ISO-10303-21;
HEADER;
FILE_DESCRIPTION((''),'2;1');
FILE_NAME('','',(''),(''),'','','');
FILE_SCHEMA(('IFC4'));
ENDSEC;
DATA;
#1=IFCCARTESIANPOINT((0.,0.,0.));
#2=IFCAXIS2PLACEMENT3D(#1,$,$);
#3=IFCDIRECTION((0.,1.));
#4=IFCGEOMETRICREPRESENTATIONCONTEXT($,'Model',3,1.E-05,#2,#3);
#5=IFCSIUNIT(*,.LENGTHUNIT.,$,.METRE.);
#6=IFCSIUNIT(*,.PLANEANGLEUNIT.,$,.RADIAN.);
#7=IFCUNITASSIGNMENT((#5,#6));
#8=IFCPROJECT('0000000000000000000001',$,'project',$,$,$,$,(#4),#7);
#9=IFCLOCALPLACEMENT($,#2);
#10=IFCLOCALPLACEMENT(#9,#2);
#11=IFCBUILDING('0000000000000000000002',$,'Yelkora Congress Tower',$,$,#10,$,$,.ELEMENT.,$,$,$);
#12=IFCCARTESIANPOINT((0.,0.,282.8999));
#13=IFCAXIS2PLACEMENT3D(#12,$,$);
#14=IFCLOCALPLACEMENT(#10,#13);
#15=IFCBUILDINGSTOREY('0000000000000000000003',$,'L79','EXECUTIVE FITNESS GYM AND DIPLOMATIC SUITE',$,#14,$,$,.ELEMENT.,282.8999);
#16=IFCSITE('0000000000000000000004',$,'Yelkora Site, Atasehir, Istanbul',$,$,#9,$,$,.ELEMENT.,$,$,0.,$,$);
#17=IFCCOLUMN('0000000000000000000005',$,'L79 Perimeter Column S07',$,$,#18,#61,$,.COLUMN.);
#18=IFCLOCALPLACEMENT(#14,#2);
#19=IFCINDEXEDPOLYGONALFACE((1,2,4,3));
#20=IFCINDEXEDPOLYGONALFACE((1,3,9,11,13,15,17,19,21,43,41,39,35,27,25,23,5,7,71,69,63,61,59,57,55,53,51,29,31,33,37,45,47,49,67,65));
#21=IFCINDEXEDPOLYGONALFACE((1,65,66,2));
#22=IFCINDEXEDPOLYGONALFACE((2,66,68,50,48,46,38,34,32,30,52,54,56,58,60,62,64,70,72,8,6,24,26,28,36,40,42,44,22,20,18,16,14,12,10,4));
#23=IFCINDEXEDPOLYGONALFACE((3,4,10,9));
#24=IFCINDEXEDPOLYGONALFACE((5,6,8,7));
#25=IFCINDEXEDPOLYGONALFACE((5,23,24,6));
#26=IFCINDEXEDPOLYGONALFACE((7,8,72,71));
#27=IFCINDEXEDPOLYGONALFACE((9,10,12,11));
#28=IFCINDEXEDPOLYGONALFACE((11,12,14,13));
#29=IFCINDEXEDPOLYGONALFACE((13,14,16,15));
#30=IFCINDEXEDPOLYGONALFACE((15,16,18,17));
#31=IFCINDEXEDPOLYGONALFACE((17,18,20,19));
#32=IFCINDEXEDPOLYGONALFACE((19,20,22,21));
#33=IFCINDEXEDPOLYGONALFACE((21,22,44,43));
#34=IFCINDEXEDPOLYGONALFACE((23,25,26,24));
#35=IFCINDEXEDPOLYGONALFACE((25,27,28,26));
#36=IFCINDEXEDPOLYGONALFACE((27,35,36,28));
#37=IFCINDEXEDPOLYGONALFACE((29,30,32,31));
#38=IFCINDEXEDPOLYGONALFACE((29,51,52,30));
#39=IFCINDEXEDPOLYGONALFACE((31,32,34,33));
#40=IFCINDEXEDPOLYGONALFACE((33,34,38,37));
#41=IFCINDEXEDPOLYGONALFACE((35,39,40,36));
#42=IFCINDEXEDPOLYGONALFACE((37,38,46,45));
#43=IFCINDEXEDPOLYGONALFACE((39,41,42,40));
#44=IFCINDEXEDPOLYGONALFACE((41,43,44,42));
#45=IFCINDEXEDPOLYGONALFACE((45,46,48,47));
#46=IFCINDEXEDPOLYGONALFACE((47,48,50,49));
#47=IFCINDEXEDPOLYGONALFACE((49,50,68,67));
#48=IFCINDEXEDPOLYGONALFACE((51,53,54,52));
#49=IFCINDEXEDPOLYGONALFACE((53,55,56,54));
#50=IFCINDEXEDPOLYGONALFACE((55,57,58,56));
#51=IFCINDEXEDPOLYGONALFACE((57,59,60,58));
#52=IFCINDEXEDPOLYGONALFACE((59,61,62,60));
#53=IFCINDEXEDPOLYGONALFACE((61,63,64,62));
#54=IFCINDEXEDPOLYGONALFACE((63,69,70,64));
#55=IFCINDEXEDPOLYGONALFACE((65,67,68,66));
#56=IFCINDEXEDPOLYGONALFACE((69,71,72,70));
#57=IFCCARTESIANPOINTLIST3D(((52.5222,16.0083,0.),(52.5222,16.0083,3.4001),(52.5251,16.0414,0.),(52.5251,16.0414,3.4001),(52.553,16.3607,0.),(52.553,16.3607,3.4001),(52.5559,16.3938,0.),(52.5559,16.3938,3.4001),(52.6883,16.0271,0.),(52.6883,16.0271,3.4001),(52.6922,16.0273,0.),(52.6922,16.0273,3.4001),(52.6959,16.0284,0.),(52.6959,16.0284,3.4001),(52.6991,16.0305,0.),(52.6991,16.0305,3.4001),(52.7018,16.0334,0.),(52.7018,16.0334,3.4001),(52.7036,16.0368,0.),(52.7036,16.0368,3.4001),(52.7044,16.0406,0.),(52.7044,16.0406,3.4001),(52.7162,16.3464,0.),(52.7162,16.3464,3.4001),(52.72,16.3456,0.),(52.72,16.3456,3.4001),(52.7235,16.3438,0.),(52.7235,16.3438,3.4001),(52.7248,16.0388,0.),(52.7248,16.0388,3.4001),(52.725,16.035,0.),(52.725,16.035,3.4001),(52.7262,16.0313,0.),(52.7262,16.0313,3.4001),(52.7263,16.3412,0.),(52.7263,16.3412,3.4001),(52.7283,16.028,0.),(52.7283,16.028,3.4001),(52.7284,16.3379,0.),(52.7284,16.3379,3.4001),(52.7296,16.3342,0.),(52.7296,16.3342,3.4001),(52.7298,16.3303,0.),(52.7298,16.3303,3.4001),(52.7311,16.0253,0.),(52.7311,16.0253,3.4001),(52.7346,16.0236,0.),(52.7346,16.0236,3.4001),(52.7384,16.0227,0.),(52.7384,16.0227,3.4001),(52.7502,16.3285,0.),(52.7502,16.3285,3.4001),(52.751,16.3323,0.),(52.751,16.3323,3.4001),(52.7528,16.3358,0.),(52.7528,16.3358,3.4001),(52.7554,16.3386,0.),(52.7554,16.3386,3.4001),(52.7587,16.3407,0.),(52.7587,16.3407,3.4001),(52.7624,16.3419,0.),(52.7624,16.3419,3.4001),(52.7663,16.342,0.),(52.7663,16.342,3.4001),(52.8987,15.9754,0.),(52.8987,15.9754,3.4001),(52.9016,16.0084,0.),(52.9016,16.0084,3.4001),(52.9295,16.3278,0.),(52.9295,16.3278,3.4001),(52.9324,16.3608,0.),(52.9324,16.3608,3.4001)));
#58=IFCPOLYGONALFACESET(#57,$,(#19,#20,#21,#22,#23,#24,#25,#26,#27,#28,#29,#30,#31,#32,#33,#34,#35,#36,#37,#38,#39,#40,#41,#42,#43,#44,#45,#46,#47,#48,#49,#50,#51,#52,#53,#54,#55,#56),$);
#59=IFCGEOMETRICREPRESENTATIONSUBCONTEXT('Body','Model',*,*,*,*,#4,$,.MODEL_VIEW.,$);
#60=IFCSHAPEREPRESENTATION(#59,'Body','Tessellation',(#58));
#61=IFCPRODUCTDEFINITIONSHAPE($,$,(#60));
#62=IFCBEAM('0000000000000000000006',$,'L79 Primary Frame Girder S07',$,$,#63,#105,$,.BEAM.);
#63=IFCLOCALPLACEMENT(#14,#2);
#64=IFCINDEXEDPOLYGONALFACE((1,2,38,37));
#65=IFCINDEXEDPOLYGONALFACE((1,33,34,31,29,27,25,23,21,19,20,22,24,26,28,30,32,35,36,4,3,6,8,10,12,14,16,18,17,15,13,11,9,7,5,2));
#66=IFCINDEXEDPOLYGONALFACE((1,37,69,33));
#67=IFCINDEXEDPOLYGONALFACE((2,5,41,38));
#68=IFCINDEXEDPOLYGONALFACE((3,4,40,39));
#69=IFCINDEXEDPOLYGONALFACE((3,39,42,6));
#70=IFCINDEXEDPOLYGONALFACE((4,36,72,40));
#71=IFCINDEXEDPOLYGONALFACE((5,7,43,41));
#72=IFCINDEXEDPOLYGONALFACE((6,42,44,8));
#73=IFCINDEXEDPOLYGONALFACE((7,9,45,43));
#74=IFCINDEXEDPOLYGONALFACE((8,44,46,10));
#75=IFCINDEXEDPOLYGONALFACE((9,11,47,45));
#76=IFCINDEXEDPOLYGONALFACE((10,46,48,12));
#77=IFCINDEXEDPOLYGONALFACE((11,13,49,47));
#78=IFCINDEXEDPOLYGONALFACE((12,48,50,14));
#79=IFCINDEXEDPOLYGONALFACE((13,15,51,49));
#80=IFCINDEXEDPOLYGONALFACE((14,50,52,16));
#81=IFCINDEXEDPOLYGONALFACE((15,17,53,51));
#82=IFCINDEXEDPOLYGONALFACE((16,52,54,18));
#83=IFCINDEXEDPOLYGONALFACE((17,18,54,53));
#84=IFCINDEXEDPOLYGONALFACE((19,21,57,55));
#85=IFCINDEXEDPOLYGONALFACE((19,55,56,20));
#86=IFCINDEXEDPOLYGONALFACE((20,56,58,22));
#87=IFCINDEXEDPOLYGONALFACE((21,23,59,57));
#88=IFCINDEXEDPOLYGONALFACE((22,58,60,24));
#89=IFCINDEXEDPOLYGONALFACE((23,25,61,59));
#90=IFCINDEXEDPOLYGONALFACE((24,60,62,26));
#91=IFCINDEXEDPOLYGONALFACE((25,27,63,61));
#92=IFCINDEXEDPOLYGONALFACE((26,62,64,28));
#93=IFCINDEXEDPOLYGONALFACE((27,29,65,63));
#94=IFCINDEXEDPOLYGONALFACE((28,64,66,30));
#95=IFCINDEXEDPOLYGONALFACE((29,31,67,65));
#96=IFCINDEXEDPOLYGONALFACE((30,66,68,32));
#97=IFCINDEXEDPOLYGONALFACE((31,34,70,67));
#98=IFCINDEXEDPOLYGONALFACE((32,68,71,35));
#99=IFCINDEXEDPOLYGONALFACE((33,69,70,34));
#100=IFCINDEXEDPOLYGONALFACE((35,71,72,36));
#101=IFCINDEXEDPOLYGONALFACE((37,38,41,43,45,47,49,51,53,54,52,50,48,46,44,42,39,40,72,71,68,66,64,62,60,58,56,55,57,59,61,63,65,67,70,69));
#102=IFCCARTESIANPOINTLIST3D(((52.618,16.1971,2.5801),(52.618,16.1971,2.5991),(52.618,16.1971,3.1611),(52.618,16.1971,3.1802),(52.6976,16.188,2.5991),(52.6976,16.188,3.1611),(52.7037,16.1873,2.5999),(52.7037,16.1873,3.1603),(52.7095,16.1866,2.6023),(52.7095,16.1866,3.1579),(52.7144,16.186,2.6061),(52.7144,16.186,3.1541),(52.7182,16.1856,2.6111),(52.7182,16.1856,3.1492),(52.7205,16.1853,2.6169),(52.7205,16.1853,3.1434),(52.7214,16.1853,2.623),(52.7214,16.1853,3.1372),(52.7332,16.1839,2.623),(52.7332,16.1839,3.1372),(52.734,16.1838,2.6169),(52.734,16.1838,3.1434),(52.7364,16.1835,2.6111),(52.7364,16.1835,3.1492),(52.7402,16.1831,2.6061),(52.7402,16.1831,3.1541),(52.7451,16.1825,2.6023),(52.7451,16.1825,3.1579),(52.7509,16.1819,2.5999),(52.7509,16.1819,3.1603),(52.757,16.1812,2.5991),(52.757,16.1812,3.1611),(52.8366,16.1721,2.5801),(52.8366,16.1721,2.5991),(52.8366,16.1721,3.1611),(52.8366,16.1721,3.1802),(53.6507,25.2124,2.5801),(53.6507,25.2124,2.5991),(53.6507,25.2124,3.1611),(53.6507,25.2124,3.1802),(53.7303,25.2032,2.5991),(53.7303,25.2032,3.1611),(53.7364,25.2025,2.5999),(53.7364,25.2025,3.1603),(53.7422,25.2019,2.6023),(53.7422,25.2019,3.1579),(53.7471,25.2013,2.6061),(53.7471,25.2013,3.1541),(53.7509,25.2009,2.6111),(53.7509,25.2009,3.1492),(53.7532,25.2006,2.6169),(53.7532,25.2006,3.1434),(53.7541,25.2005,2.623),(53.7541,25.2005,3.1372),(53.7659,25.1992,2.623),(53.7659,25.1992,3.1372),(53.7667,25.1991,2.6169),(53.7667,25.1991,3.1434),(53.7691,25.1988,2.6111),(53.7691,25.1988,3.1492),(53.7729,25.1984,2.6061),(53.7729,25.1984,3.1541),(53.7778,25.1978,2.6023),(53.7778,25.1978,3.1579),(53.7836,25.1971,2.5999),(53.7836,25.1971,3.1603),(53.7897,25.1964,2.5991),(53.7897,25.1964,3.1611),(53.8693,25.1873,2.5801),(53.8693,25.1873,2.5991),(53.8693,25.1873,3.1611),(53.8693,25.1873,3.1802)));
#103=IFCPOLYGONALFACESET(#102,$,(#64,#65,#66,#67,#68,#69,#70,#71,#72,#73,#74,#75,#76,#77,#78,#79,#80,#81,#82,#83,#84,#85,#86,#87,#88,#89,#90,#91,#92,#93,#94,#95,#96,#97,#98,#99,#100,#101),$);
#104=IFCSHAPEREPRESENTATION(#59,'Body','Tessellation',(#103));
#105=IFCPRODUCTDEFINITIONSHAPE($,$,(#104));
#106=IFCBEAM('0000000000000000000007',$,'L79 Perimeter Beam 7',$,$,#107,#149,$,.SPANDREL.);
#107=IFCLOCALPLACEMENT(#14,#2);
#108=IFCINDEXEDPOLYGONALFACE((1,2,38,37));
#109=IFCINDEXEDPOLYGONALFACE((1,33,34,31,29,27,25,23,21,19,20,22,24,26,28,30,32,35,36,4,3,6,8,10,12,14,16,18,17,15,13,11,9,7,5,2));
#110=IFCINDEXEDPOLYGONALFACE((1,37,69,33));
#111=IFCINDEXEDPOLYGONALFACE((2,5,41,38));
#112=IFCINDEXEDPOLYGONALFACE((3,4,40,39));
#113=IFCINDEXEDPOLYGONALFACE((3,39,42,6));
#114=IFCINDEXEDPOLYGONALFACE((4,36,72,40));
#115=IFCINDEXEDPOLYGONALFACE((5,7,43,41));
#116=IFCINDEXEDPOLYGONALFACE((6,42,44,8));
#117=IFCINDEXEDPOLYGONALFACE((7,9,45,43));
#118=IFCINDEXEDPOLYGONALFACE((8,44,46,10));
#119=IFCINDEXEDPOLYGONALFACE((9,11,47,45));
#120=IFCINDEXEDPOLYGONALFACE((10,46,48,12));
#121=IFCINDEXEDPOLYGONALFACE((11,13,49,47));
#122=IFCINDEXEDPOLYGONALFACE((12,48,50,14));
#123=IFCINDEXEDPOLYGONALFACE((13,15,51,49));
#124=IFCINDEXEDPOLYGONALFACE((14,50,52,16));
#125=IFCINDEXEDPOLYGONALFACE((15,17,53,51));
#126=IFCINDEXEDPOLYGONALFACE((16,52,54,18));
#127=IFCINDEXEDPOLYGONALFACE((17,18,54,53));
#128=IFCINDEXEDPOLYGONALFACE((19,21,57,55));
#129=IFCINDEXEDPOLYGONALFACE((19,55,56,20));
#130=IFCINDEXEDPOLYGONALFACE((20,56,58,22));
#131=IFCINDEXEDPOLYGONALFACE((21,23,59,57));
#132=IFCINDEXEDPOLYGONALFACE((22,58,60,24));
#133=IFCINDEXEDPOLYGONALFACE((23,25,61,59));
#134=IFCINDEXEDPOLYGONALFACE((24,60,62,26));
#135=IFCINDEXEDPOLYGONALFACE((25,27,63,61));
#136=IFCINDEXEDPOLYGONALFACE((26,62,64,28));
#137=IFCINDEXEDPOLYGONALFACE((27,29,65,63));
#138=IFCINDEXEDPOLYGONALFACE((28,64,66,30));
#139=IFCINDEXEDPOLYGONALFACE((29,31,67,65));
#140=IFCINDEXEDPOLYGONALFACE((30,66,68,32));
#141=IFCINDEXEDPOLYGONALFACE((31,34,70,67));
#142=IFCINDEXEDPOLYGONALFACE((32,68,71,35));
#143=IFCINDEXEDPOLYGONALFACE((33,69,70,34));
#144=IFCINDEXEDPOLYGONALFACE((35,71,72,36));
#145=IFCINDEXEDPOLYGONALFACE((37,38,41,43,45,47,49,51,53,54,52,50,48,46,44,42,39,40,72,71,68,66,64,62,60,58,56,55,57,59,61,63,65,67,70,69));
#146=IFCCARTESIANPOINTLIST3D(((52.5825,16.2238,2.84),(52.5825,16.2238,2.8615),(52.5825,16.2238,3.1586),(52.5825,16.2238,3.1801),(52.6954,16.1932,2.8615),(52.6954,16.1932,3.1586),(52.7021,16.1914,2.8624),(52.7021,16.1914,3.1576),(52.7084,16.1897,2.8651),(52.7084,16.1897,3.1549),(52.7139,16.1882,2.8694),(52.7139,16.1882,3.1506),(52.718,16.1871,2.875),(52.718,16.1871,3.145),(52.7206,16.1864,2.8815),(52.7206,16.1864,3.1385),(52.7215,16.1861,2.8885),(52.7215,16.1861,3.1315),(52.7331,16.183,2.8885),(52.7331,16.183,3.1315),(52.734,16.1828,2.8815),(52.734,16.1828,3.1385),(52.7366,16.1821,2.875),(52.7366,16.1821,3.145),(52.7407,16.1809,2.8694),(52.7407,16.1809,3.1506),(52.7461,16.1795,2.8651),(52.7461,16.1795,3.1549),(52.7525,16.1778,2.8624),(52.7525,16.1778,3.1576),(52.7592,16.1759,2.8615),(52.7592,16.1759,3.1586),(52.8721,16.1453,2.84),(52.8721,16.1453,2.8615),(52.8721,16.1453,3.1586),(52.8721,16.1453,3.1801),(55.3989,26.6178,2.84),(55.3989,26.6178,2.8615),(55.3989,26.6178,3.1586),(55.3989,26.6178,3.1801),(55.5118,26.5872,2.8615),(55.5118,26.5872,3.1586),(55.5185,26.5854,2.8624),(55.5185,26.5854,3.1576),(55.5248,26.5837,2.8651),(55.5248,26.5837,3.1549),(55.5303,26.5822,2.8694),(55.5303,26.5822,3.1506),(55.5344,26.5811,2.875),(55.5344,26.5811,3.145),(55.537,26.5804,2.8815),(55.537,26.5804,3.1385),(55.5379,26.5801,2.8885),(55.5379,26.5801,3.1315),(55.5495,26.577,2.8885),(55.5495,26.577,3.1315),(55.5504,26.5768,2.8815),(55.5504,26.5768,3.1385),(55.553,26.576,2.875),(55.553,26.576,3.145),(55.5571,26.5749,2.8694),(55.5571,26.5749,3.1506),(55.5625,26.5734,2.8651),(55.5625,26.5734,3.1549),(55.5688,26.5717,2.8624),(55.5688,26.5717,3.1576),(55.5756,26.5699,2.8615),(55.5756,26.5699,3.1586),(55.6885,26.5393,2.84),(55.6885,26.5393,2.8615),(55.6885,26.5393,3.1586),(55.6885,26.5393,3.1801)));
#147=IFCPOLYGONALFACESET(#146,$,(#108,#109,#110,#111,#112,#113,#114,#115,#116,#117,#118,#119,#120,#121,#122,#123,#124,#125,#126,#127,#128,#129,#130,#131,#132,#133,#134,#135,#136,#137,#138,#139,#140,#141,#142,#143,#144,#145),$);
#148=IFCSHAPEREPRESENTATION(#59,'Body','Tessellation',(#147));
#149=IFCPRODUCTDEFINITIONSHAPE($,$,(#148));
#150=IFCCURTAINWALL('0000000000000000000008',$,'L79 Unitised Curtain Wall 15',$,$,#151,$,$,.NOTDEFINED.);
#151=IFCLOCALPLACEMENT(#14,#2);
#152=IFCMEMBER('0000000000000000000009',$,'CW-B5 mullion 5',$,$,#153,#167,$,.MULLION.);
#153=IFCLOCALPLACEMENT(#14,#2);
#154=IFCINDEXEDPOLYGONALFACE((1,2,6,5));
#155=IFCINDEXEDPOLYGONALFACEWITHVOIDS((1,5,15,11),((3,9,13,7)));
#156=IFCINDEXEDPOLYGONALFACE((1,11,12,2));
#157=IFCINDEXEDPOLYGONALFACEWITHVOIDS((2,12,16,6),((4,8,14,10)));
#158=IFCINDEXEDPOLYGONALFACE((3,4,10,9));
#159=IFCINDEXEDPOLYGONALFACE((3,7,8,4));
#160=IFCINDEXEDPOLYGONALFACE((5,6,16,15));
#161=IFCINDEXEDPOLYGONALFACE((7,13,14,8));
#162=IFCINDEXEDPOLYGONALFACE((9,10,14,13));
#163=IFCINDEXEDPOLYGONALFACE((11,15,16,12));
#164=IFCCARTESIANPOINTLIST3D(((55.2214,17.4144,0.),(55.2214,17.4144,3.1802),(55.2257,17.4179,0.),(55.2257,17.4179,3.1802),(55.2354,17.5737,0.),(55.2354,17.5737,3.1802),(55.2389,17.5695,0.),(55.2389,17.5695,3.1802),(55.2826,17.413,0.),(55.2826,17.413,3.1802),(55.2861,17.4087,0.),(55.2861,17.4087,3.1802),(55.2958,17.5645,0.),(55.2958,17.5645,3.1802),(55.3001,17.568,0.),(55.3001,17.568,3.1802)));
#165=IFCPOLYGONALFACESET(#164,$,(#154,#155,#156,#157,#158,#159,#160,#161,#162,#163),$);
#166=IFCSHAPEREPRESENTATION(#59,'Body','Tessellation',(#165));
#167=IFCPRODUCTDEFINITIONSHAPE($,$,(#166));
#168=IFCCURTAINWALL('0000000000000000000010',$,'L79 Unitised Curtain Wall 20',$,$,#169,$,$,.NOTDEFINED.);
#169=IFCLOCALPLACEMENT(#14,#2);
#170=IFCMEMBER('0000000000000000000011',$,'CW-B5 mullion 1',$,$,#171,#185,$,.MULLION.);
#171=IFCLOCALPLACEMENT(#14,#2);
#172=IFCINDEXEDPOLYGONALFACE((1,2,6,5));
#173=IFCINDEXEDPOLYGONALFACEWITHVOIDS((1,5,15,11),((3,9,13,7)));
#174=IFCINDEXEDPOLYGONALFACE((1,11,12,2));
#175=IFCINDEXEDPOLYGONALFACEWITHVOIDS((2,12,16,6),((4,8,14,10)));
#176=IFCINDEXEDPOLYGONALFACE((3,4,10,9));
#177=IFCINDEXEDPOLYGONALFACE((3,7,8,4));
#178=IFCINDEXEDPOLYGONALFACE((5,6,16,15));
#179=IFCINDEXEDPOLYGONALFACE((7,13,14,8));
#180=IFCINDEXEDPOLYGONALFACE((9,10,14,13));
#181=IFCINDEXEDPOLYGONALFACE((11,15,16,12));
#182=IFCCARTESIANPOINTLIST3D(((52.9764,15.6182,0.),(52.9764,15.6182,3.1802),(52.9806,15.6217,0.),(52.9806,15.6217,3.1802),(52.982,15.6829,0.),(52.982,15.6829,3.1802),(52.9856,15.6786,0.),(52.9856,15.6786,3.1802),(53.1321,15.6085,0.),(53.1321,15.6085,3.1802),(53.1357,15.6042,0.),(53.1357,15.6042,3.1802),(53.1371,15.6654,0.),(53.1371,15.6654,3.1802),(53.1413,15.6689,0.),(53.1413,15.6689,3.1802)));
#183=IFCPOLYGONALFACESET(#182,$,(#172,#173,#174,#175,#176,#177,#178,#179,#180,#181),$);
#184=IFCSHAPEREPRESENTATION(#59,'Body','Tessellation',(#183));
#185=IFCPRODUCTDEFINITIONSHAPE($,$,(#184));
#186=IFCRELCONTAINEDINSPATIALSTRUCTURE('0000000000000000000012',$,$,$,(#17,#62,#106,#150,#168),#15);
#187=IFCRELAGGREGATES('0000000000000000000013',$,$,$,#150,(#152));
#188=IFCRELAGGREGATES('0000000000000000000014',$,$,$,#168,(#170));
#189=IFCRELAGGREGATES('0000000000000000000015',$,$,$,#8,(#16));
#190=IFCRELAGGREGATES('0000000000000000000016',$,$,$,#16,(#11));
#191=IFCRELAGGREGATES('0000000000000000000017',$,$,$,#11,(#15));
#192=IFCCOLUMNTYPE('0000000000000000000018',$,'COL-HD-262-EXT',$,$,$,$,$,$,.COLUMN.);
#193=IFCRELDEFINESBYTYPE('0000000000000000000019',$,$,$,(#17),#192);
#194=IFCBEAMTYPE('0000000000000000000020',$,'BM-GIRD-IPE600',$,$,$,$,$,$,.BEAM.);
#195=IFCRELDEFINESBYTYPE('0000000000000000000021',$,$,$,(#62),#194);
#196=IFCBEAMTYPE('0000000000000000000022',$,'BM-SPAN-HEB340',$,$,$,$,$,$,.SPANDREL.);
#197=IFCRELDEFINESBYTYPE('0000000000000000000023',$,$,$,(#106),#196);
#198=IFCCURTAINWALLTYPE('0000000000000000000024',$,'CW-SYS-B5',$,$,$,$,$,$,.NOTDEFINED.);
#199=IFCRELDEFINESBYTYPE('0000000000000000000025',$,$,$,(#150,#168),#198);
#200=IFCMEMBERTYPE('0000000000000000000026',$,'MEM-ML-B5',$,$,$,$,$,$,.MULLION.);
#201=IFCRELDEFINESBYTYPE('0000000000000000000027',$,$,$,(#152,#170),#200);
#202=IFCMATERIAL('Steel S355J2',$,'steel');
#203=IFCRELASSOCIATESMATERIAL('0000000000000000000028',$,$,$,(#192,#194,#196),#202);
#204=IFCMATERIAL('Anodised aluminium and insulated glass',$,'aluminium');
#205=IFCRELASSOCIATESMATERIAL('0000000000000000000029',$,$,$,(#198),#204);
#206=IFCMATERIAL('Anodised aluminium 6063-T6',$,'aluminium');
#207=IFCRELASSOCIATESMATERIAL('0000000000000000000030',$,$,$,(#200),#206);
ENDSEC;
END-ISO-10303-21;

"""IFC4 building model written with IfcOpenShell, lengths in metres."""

from ifc_helpers import new_model, si_unit, direction, frame, origin, origin_2d, place, context, subcontext, project, spatial, hollow_rectangle, i_section, extrude, material, material_profile, profile_set, type_object, element, aggregate, save


model = new_model("IFC4")

# Units and contexts
model_context = context("Model", 3, precision=1e-05, world=origin(), true_north=direction((0.0, 1.0)))
body_context = subcontext(model_context, "Body", "Model", "MODEL_VIEW")
ifc_project = project(units=[si_unit("LENGTHUNIT", "METRE"), si_unit("PLANEANGLEUNIT", "RADIAN")], contexts=[model_context])

# Site, building, storey
site_placement = place(None, origin())
site = spatial("IfcSite", under=ifc_project, at=site_placement, Name="Yelkora Site, Atasehir, Istanbul", CompositionType="ELEMENT", RefElevation=0.0)
building_placement = place(site_placement, origin())
building = spatial("IfcBuilding", under=site, at=building_placement, Name="Yelkora Congress Tower", CompositionType="ELEMENT")
storey_placement = place(building_placement, frame((0.0, 0.0, 282.8999)))
storey = spatial("IfcBuildingStorey", under=building, at=storey_placement, Name="L79", Description="EXECUTIVE FITNESS GYM AND DIPLOMATIC SUITE", CompositionType="ELEMENT", Elevation=282.8999)

# Column
ifc_material_1 = material(Name="Steel S355J2", Category="steel")
ifc_material_profile_1 = material_profile(ifc_material_1, i_section(OverallWidth=0.3779, OverallDepth=0.387, WebThickness=0.0205, FlangeThickness=0.0332, FilletRadius=0.0149, at=origin_2d()), Name="HD 360x262")
ifc_profile_set_1 = profile_set([ifc_material_profile_1], Name="Steel S355J2")
column_type = type_object("IfcColumnType", Name="COL-HD-262-EXT", PredefinedType="COLUMN", material=ifc_profile_set_1)
column_placement = place(storey_placement, frame((52.7273, 16.1846, 0.0), z_axis=(0.0, 0.0, 1.0), x_axis=(0.996195, -0.087156, 0.0)))
element("IfcColumn", 1, at=column_placement, inside=storey, type_object=column_type, Name="L79 Perimeter Column S07", PredefinedType="COLUMN", context=body_context, shape_type="SweptSolid", body=[
    extrude(i_section(OverallWidth=0.3779, OverallDepth=0.387, WebThickness=0.0205, FlangeThickness=0.0332, FilletRadius=0.0149, at=origin_2d()), origin(), (0.0, 0.0, 1.0), 3.4001),
])

# Beams
ifc_material_profile_2 = material_profile(ifc_material_1, i_section(OverallWidth=0.22, OverallDepth=0.6001, WebThickness=0.012, FlangeThickness=0.019, FilletRadius=0.0239, at=origin_2d()), Name="IPE 600")
ifc_profile_set_2 = profile_set([ifc_material_profile_2], Name="Steel S355J2")
beam_type_1 = type_object("IfcBeamType", Name="BM-GIRD-IPE600", PredefinedType="BEAM", material=ifc_profile_set_2)
beam_1_placement = place(storey_placement, frame((52.7273, 16.1846, 2.8801), z_axis=(0.113806, 0.993503, 0.0), x_axis=(-0.993503, 0.113806, 0.0)))
element("IfcBeam", 2, at=beam_1_placement, inside=storey, type_object=beam_type_1, Name="L79 Primary Frame Girder S07", PredefinedType="BEAM", context=body_context, shape_type="SweptSolid", body=[
    extrude(i_section(OverallWidth=0.22, OverallDepth=0.6001, WebThickness=0.012, FlangeThickness=0.019, FilletRadius=0.0239, at=origin_2d()), origin(), (0.0, 0.0, 1.0), 9.0742),
])
ifc_material_profile_3 = material_profile(ifc_material_1, i_section(OverallWidth=0.3, OverallDepth=0.3401, WebThickness=0.012, FlangeThickness=0.0215, FilletRadius=0.0271, at=origin_2d()), Name="HEB 340")
ifc_profile_set_3 = profile_set([ifc_material_profile_3], Name="Steel S355J2")
beam_type_2 = type_object("IfcBeamType", Name="BM-SPAN-HEB340", PredefinedType="SPANDREL", material=ifc_profile_set_3)
beam_2_placement = place(storey_placement, frame((52.7273, 16.1846, 3.01), z_axis=(0.261533, 0.965195, 0.0), x_axis=(-0.965195, 0.261533, 0.0)))
element("IfcBeam", 3, at=beam_2_placement, inside=storey, type_object=beam_type_2, Name="L79 Perimeter Beam 7", PredefinedType="SPANDREL", context=body_context, shape_type="SweptSolid", body=[
    extrude(i_section(OverallWidth=0.3, OverallDepth=0.3401, WebThickness=0.012, FlangeThickness=0.0215, FilletRadius=0.0271, at=origin_2d()), origin(), (0.0, 0.0, 1.0), 10.7688),
])

# Curtain wall, member
ifc_material_2 = material(Name="Anodised aluminium and insulated glass", Category="aluminium")
curtain_wall_type = type_object("IfcCurtainWallType", Name="CW-SYS-B5", PredefinedType="NOTDEFINED", material=ifc_material_2)
curtain_wall_1_placement = place(storey_placement, origin())
curtain_wall_1 = element("IfcCurtainWall", 4, at=curtain_wall_1_placement, inside=storey, type_object=curtain_wall_type, Name="L79 Unitised Curtain Wall 15", PredefinedType="NOTDEFINED")
ifc_material_3 = material(Name="Anodised aluminium 6063-T6", Category="aluminium")
ifc_material_profile_4 = material_profile(ifc_material_3, hollow_rectangle(XDim=0.0649, YDim=0.1599, WallThickness=0.0039, at=origin_2d()), Name="ALU 65x160x4")
ifc_profile_set_4 = profile_set([ifc_material_profile_4], Name="Anodised aluminium 6063-T6")
member_type_1 = type_object("IfcMemberType", Name="MEM-ML-B5", PredefinedType="MULLION", material=ifc_profile_set_4)
member_1_placement = place(storey_placement, frame((55.2607, 17.4912, 0.0), z_axis=(0.0, 0.0, 1.0), x_axis=(0.996194, -0.087158, 0.0)))
member_1 = element("IfcMember", 5, at=member_1_placement, type_object=member_type_1, Name="CW-B5 mullion 5", PredefinedType="MULLION", context=body_context, shape_type="SweptSolid", body=[
    extrude(hollow_rectangle(XDim=0.0649, YDim=0.1599, WallThickness=0.0039, at=origin_2d()), origin(), (0.0, 0.0, 1.0), 3.1802),
])
aggregate(curtain_wall_1, [member_1])

# Curtain wall, member
curtain_wall_2_placement = place(storey_placement, origin())
curtain_wall_2 = element("IfcCurtainWall", 6, at=curtain_wall_2_placement, inside=storey, type_object=curtain_wall_type, Name="L79 Unitised Curtain Wall 20", PredefinedType="NOTDEFINED")
member_2_placement = place(storey_placement, frame((53.0588, 15.6436, 0.0), z_axis=(0.0, 0.0, 1.0), x_axis=(-0.087157, -0.996195, 0.0)))
member_2 = element("IfcMember", 7, at=member_2_placement, type_object=member_type_1, Name="CW-B5 mullion 1", PredefinedType="MULLION", context=body_context, shape_type="SweptSolid", body=[
    extrude(hollow_rectangle(XDim=0.0649, YDim=0.1599, WallThickness=0.0039, at=origin_2d()), origin(), (0.0, 0.0, 1.0), 3.1802),
])
aggregate(curtain_wall_2, [member_2])

save(model, "model.ifc")
